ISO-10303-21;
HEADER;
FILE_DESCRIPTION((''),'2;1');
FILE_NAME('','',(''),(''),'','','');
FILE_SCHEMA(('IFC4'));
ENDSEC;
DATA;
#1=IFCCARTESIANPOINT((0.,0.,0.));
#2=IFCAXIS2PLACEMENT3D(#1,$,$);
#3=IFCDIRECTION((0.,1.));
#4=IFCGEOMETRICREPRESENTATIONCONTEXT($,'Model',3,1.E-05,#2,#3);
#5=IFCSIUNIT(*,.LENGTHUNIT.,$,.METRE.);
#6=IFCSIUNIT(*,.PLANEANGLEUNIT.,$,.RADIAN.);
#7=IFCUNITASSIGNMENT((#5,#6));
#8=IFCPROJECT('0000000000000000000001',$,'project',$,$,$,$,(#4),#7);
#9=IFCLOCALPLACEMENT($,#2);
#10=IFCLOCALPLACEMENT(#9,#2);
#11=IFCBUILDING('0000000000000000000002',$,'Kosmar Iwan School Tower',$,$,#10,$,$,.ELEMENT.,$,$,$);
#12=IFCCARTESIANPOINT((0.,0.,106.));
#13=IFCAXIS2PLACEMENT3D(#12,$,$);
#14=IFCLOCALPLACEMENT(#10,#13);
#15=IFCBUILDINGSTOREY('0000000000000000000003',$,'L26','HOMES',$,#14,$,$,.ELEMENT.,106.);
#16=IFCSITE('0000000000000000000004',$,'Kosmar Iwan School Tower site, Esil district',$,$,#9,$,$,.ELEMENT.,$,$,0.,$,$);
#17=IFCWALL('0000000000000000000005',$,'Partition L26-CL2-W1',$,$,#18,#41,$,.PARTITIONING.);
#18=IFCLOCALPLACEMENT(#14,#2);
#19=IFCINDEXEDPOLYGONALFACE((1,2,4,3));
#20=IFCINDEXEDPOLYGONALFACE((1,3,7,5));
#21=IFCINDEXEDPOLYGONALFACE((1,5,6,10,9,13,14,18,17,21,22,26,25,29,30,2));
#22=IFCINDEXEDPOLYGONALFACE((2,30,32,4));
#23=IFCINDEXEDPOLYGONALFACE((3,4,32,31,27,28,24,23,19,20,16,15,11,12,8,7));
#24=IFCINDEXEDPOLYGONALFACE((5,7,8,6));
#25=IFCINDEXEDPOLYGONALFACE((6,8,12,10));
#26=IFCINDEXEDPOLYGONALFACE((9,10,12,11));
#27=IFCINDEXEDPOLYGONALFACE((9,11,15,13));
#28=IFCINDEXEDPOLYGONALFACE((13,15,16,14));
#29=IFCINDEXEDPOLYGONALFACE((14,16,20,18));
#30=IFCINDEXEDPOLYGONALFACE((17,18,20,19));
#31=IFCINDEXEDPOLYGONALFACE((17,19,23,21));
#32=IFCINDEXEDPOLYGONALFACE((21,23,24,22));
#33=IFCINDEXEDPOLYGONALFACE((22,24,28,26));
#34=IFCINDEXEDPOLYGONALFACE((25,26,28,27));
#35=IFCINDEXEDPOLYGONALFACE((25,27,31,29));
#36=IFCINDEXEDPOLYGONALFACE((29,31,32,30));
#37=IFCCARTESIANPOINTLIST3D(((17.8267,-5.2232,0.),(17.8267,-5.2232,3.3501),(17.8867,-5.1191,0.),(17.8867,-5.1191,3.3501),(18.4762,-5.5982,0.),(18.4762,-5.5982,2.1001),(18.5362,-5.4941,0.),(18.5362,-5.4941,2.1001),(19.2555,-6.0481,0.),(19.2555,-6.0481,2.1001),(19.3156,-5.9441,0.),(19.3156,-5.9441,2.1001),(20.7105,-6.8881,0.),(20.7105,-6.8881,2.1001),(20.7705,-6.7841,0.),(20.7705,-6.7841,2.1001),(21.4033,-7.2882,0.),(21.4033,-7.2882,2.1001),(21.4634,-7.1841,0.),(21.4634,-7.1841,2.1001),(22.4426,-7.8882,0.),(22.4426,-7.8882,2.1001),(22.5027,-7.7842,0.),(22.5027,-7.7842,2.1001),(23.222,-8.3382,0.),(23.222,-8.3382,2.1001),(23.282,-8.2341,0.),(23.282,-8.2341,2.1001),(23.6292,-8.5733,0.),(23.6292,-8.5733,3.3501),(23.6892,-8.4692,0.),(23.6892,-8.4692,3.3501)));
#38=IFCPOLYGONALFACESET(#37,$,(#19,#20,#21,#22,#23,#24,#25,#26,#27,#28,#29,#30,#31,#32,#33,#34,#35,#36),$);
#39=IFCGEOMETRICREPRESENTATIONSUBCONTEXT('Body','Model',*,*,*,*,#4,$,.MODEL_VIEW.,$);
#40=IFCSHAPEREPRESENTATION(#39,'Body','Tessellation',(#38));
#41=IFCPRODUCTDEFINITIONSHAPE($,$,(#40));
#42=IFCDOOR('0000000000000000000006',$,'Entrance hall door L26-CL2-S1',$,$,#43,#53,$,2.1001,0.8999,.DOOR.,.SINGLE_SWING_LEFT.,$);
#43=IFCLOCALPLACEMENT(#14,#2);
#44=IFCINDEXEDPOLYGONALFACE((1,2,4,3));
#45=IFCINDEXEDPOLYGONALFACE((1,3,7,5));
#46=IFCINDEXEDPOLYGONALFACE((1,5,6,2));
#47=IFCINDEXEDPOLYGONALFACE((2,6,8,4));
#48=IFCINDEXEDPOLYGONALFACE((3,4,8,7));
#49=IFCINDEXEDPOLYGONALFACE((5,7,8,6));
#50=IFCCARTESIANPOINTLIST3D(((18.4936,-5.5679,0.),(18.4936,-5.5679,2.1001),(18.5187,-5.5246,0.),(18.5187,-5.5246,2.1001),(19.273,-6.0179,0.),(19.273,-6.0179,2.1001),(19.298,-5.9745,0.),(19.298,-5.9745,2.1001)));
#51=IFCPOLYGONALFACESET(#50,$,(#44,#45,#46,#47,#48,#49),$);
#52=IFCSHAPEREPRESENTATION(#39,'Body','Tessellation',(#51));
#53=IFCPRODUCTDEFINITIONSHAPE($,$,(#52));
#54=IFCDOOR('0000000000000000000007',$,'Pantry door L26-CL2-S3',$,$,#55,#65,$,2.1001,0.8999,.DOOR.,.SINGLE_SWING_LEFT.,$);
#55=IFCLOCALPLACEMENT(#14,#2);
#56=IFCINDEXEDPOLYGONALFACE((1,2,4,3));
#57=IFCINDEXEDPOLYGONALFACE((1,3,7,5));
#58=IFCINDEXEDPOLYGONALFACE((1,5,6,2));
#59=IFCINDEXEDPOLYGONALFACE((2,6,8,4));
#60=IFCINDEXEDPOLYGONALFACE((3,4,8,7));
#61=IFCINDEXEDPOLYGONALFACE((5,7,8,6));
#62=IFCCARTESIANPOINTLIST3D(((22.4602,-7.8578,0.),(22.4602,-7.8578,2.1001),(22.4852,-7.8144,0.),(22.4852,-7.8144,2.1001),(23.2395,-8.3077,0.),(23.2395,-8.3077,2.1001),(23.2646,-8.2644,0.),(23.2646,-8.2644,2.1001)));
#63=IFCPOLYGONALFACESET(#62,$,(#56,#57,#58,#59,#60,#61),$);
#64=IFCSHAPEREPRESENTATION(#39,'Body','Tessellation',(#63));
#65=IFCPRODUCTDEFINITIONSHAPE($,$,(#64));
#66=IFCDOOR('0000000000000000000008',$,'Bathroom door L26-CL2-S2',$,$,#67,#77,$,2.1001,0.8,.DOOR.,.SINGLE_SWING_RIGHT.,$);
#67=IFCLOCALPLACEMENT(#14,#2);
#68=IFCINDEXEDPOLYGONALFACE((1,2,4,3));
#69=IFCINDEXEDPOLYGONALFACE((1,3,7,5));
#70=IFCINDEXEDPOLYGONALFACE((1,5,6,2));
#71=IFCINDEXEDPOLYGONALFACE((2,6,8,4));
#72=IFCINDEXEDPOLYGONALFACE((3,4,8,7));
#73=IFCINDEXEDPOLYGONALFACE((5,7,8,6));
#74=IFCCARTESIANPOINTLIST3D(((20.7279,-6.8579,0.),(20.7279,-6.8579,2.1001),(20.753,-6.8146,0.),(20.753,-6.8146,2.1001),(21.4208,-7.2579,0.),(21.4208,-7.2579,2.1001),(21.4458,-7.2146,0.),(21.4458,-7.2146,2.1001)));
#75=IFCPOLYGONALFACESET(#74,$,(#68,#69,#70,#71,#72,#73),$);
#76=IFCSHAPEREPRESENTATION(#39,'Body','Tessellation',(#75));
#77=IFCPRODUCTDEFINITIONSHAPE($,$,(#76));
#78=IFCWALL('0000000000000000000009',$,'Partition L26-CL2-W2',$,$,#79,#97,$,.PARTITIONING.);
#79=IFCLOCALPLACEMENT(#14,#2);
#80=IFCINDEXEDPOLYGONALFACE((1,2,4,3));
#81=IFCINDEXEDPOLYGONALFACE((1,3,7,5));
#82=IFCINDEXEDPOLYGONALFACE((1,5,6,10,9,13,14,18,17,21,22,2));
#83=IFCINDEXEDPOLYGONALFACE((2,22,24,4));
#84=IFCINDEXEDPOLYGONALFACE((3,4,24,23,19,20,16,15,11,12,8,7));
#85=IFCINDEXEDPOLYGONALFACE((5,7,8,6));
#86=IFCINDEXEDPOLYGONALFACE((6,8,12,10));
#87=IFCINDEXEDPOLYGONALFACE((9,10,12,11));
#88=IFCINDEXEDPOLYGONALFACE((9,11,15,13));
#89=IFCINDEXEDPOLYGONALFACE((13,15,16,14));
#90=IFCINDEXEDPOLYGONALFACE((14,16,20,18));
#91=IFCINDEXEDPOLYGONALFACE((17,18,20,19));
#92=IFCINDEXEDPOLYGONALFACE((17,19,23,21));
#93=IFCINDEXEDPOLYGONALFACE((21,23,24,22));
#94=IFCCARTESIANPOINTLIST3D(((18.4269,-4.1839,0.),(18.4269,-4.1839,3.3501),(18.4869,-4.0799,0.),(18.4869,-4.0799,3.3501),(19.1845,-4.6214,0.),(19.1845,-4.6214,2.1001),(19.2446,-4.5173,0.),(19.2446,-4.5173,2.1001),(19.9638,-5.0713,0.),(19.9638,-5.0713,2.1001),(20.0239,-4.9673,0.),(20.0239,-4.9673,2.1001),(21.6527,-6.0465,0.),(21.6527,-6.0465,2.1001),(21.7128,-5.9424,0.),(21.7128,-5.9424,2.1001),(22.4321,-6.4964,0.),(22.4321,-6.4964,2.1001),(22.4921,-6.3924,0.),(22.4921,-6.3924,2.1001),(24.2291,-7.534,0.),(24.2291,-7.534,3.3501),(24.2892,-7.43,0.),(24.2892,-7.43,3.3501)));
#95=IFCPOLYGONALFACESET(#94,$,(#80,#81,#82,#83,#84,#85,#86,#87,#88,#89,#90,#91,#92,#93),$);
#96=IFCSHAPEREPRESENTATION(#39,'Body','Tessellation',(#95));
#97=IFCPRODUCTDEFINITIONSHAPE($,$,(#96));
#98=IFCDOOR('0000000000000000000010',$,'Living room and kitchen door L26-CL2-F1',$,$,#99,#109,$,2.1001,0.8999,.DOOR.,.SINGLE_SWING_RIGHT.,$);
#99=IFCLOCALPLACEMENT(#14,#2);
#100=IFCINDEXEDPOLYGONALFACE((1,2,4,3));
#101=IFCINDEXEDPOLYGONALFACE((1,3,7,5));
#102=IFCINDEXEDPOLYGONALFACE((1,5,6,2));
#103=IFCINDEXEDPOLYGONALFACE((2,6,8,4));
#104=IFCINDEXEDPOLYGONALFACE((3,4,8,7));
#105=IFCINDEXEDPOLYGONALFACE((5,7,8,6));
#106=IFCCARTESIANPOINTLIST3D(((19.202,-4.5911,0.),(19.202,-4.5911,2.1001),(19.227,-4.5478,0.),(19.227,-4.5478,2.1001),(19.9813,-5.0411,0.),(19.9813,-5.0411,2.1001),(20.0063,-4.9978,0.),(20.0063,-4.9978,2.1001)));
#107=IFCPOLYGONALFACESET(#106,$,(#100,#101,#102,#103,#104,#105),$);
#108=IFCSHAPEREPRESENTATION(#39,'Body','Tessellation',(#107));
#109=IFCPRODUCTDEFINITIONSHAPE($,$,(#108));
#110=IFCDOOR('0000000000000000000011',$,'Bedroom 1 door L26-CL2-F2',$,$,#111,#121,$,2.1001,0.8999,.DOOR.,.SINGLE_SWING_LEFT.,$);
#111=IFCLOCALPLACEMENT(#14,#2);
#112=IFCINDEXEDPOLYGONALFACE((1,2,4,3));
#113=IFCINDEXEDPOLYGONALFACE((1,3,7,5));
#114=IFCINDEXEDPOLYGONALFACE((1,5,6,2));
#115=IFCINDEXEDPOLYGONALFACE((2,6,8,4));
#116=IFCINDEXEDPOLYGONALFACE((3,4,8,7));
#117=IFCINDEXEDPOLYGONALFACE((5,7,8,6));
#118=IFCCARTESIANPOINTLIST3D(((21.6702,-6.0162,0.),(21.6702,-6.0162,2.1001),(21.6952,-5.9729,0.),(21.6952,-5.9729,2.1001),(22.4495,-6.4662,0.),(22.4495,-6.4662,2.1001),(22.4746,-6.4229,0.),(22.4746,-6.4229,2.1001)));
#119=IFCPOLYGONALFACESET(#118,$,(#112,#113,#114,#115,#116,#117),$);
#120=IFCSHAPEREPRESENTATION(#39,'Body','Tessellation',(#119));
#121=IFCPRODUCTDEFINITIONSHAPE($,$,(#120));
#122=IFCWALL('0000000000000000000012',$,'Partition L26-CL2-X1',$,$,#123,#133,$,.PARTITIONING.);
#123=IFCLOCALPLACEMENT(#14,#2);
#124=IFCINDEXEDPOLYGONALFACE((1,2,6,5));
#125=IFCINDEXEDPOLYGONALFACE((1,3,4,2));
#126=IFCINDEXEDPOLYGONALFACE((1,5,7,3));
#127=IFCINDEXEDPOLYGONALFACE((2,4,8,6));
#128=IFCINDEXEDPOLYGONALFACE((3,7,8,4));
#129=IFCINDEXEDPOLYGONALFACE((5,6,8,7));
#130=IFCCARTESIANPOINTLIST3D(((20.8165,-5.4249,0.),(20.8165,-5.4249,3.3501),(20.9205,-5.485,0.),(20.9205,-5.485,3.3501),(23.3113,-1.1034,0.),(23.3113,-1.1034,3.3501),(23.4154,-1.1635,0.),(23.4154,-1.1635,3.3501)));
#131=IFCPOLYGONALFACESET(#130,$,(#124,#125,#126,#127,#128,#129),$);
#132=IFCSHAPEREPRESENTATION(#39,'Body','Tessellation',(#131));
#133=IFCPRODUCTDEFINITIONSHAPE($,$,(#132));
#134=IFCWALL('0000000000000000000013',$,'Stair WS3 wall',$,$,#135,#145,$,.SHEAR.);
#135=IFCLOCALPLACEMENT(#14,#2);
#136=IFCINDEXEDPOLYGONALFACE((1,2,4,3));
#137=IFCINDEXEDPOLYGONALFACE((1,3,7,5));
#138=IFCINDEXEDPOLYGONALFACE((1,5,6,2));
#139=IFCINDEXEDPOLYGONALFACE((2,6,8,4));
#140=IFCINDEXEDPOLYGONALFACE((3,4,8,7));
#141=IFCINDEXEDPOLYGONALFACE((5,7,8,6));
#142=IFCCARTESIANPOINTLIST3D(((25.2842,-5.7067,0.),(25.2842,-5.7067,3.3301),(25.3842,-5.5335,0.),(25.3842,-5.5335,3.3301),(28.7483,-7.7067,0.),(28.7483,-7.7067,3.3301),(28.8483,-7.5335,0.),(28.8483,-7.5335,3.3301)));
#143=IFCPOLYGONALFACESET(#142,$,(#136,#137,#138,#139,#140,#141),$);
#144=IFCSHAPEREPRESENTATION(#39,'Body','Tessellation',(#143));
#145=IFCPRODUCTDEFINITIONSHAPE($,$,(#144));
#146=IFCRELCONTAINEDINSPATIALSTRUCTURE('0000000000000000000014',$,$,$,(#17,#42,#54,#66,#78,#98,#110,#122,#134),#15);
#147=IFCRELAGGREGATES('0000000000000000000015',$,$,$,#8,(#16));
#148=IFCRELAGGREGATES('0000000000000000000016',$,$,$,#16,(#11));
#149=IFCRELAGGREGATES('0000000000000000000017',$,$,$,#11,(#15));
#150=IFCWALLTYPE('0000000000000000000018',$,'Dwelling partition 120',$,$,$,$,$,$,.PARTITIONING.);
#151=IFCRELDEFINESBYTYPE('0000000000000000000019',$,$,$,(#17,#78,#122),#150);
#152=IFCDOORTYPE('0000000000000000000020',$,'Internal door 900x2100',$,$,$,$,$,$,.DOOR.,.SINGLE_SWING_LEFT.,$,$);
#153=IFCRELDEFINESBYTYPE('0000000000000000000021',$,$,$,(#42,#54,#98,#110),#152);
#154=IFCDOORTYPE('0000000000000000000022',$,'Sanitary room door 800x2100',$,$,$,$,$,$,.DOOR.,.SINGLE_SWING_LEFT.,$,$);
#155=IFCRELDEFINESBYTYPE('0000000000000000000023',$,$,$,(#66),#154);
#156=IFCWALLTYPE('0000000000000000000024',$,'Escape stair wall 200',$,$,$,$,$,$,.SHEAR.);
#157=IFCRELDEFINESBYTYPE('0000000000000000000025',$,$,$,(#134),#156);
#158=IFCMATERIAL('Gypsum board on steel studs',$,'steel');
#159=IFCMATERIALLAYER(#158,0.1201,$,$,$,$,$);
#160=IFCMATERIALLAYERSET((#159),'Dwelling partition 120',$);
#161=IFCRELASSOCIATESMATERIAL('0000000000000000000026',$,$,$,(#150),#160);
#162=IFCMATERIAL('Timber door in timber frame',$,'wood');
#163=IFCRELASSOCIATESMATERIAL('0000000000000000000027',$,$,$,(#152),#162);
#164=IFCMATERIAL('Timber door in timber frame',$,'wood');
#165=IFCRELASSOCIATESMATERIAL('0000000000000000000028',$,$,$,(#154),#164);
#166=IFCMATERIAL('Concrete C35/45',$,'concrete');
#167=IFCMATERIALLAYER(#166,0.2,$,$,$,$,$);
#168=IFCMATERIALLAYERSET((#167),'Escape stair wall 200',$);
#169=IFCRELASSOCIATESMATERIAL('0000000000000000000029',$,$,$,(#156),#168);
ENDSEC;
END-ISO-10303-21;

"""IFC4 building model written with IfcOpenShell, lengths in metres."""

from ifc_helpers import new_model, si_unit, direction, frame, frame_2d, origin, place, context, subcontext, project, spatial, rectangle, extrude, material, layer, layer_set, type_object, element, fill, save


model = new_model("IFC4")

# Units and contexts
model_context = context("Model", 3, precision=1e-05, world=origin(), true_north=direction((0.0, 1.0)))
body_context = subcontext(model_context, "Body", "Model", "MODEL_VIEW")
ifc_project = project(units=[si_unit("LENGTHUNIT", "METRE"), si_unit("PLANEANGLEUNIT", "RADIAN")], contexts=[model_context])

# Site, building, storey
site_placement = place(None, origin())
site = spatial("IfcSite", under=ifc_project, at=site_placement, Name="Kosmar Iwan School Tower site, Esil district", CompositionType="ELEMENT", RefElevation=0.0)
building_placement = place(site_placement, origin())
building = spatial("IfcBuilding", under=site, at=building_placement, Name="Kosmar Iwan School Tower", CompositionType="ELEMENT")
storey_placement = place(building_placement, frame((0.0, 0.0, 106.0)))
storey = spatial("IfcBuildingStorey", under=building, at=storey_placement, Name="L26", Description="HOMES", CompositionType="ELEMENT", Elevation=106.0)

# Shared definitions
ifc_material_1 = material(Name="Gypsum board on steel studs", Category="steel")
ifc_layer_1 = layer(ifc_material_1, 0.1201)
ifc_layer_set_1 = layer_set([ifc_layer_1], Name="Dwelling partition 120")
wall_type_1 = type_object("IfcWallType", Name="Dwelling partition 120", PredefinedType="PARTITIONING", material=ifc_layer_set_1)

# Walls, openings, doors
wall_1_placement = place(storey_placement, frame((17.8567, -5.1711, 0.0), z_axis=(0.0, 0.0, 1.0), x_axis=(0.866024, -0.500003, 0.0)))
wall_1 = element("IfcWall", 1, at=wall_1_placement, inside=storey, type_object=wall_type_1, Name="Partition L26-CL2-W1", PredefinedType="PARTITIONING", context=body_context, shape_type="SweptSolid", body=[
    extrude(rectangle(XDim=6.7002, YDim=0.1201, at=frame_2d((3.3501, 0.0))), origin(), (0.0, 0.0, 1.0), 3.3501),
])
opening_1_placement = place(wall_1_placement, frame((0.75, 0.0, 0.0)))
opening_1 = element("IfcOpeningElement", 2, at=opening_1_placement, cuts=wall_1, PredefinedType="OPENING", context=body_context, shape_type="SweptSolid", body=[
    extrude(rectangle(XDim=0.8999, YDim=2.1001, at=frame_2d((0.45, 1.05))), frame((0.0, 0.072, 0.0), z_axis=(0.0, -1.0, 0.0), x_axis=(1.0, 0.0, 0.0)), (0.0, 0.0, 1.0), 0.144),
])
opening_2_placement = place(wall_1_placement, frame((3.3301, 0.0, 0.0)))
opening_2 = element("IfcOpeningElement", 3, at=opening_2_placement, cuts=wall_1, PredefinedType="OPENING", context=body_context, shape_type="SweptSolid", body=[
    extrude(rectangle(XDim=0.8, YDim=2.1001, at=frame_2d((0.3999, 1.05))), frame((0.0, 0.072, 0.0), z_axis=(0.0, -1.0, 0.0), x_axis=(1.0, 0.0, 0.0)), (0.0, 0.0, 1.0), 0.144),
])
opening_3_placement = place(wall_1_placement, frame((5.3301, 0.0, 0.0)))
opening_3 = element("IfcOpeningElement", 4, at=opening_3_placement, cuts=wall_1, PredefinedType="OPENING", context=body_context, shape_type="SweptSolid", body=[
    extrude(rectangle(XDim=0.8999, YDim=2.1001, at=frame_2d((0.45, 1.05))), frame((0.0, 0.072, 0.0), z_axis=(0.0, -1.0, 0.0), x_axis=(1.0, 0.0, 0.0)), (0.0, 0.0, 1.0), 0.144),
])
ifc_material_2 = material(Name="Timber door in timber frame", Category="wood")
door_type_1 = type_object("IfcDoorType", Name="Internal door 900x2100", OperationType="SINGLE_SWING_LEFT", PredefinedType="DOOR", material=ifc_material_2)
door_1_placement = place(opening_1_placement, origin())
door_1 = element("IfcDoor", 5, at=door_1_placement, inside=storey, type_object=door_type_1, Name="Entrance hall door L26-CL2-S1", OperationType="SINGLE_SWING_LEFT", OverallHeight=2.1001, OverallWidth=0.8999, PredefinedType="DOOR", context=body_context, shape_type="SweptSolid", body=[
    extrude(rectangle(XDim=0.8999, YDim=2.1001, at=frame_2d((0.45, 1.05))), frame((0.0, 0.0249, 0.0), z_axis=(0.0, -1.0, 0.0), x_axis=(1.0, 0.0, 0.0)), (0.0, 0.0, 1.0), 0.05),
])
fill(opening_1, door_1)
door_2_placement = place(opening_3_placement, frame((0.8999, 0.0, 0.0), z_axis=(0.0, 0.0, 1.0), x_axis=(-1.0, 0.0, 0.0)))
door_2 = element("IfcDoor", 6, at=door_2_placement, inside=storey, type_object=door_type_1, Name="Pantry door L26-CL2-S3", OperationType="SINGLE_SWING_LEFT", OverallHeight=2.1001, OverallWidth=0.8999, PredefinedType="DOOR", context=body_context, shape_type="SweptSolid", body=[
    extrude(rectangle(XDim=0.8999, YDim=2.1001, at=frame_2d((0.45, 1.05))), frame((0.0, 0.0249, 0.0), z_axis=(0.0, -1.0, 0.0), x_axis=(1.0, 0.0, 0.0)), (0.0, 0.0, 1.0), 0.05),
])
fill(opening_3, door_2)
ifc_material_3 = material(Name="Timber door in timber frame", Category="wood")
door_type_2 = type_object("IfcDoorType", Name="Sanitary room door 800x2100", OperationType="SINGLE_SWING_LEFT", PredefinedType="DOOR", material=ifc_material_3)
door_3_placement = place(opening_2_placement, origin())
door_3 = element("IfcDoor", 7, at=door_3_placement, inside=storey, type_object=door_type_2, Name="Bathroom door L26-CL2-S2", OperationType="SINGLE_SWING_RIGHT", OverallHeight=2.1001, OverallWidth=0.8, PredefinedType="DOOR", context=body_context, shape_type="SweptSolid", body=[
    extrude(rectangle(XDim=0.8, YDim=2.1001, at=frame_2d((0.3999, 1.05))), frame((0.0, 0.0249, 0.0), z_axis=(0.0, -1.0, 0.0), x_axis=(1.0, 0.0, 0.0)), (0.0, 0.0, 1.0), 0.05),
])
fill(opening_2, door_3)
wall_2_placement = place(storey_placement, frame((18.4568, -4.1318, 0.0), z_axis=(0.0, 0.0, 1.0), x_axis=(0.866014, -0.500019, 0.0)))
wall_2 = element("IfcWall", 8, at=wall_2_placement, inside=storey, type_object=wall_type_1, Name="Partition L26-CL2-W2", PredefinedType="PARTITIONING", context=body_context, shape_type="SweptSolid", body=[
    extrude(rectangle(XDim=6.7, YDim=0.1201, at=frame_2d((3.3501, 0.0))), origin(), (0.0, 0.0, 1.0), 3.3501),
])
opening_4_placement = place(wall_2_placement, frame((0.875, 0.0, 0.0)))
opening_4 = element("IfcOpeningElement", 9, at=opening_4_placement, cuts=wall_2, PredefinedType="OPENING", context=body_context, shape_type="SweptSolid", body=[
    extrude(rectangle(XDim=0.8999, YDim=2.1001, at=frame_2d((0.45, 1.05))), frame((0.0, 0.072, 0.0), z_axis=(0.0, -1.0, 0.0), x_axis=(1.0, 0.0, 0.0)), (0.0, 0.0, 1.0), 0.144),
])
opening_5_placement = place(wall_2_placement, frame((3.7251, 0.0, 0.0)))
opening_5 = element("IfcOpeningElement", 10, at=opening_5_placement, cuts=wall_2, PredefinedType="OPENING", context=body_context, shape_type="SweptSolid", body=[
    extrude(rectangle(XDim=0.8999, YDim=2.1001, at=frame_2d((0.45, 1.05))), frame((0.0, 0.072, 0.0), z_axis=(0.0, -1.0, 0.0), x_axis=(1.0, 0.0, 0.0)), (0.0, 0.0, 1.0), 0.144),
])
door_4_placement = place(opening_4_placement, origin())
door_4 = element("IfcDoor", 11, at=door_4_placement, inside=storey, type_object=door_type_1, Name="Living room and kitchen door L26-CL2-F1", OperationType="SINGLE_SWING_RIGHT", OverallHeight=2.1001, OverallWidth=0.8999, PredefinedType="DOOR", context=body_context, shape_type="SweptSolid", body=[
    extrude(rectangle(XDim=0.8999, YDim=2.1001, at=frame_2d((0.45, 1.05))), frame((0.0, 0.0249, 0.0), z_axis=(0.0, -1.0, 0.0), x_axis=(1.0, 0.0, 0.0)), (0.0, 0.0, 1.0), 0.05),
])
fill(opening_4, door_4)
door_5_placement = place(opening_5_placement, origin())
door_5 = element("IfcDoor", 12, at=door_5_placement, inside=storey, type_object=door_type_1, Name="Bedroom 1 door L26-CL2-F2", OperationType="SINGLE_SWING_LEFT", OverallHeight=2.1001, OverallWidth=0.8999, PredefinedType="DOOR", context=body_context, shape_type="SweptSolid", body=[
    extrude(rectangle(XDim=0.8999, YDim=2.1001, at=frame_2d((0.45, 1.05))), frame((0.0, 0.0249, 0.0), z_axis=(0.0, -1.0, 0.0), x_axis=(1.0, 0.0, 0.0)), (0.0, 0.0, 1.0), 0.05),
])
fill(opening_5, door_5)

# Walls
wall_3_placement = place(storey_placement, frame((20.8684, -5.4551, 0.0), z_axis=(0.0, 0.0, 1.0), x_axis=(0.499975, 0.86604, 0.0)))
element("IfcWall", 13, at=wall_3_placement, inside=storey, type_object=wall_type_1, Name="Partition L26-CL2-X1", PredefinedType="PARTITIONING", context=body_context, shape_type="SweptSolid", body=[
    extrude(rectangle(XDim=4.99, YDim=0.1201, at=frame_2d((2.4951, 0.0))), origin(), (0.0, 0.0, 1.0), 3.3501),
])
ifc_material_4 = material(Name="Concrete C35/45", Category="concrete")
ifc_layer_2 = layer(ifc_material_4, 0.2)
ifc_layer_set_2 = layer_set([ifc_layer_2], Name="Escape stair wall 200")
wall_type_2 = type_object("IfcWallType", Name="Escape stair wall 200", PredefinedType="SHEAR", material=ifc_layer_set_2)
wall_4_placement = place(storey_placement, frame((25.3342, -5.6201, 0.0), z_axis=(0.0, 0.0, 1.0), x_axis=(0.866026, -0.499999, 0.0)))
element("IfcWall", 14, at=wall_4_placement, inside=storey, type_object=wall_type_2, Name="Stair WS3 wall", PredefinedType="SHEAR", context=body_context, shape_type="SweptSolid", body=[
    extrude(rectangle(XDim=4.0, YDim=0.2, at=frame_2d((2.0, 0.0))), origin(), (0.0, 0.0, 1.0), 3.3301),
])

save(model, "model.ifc")
